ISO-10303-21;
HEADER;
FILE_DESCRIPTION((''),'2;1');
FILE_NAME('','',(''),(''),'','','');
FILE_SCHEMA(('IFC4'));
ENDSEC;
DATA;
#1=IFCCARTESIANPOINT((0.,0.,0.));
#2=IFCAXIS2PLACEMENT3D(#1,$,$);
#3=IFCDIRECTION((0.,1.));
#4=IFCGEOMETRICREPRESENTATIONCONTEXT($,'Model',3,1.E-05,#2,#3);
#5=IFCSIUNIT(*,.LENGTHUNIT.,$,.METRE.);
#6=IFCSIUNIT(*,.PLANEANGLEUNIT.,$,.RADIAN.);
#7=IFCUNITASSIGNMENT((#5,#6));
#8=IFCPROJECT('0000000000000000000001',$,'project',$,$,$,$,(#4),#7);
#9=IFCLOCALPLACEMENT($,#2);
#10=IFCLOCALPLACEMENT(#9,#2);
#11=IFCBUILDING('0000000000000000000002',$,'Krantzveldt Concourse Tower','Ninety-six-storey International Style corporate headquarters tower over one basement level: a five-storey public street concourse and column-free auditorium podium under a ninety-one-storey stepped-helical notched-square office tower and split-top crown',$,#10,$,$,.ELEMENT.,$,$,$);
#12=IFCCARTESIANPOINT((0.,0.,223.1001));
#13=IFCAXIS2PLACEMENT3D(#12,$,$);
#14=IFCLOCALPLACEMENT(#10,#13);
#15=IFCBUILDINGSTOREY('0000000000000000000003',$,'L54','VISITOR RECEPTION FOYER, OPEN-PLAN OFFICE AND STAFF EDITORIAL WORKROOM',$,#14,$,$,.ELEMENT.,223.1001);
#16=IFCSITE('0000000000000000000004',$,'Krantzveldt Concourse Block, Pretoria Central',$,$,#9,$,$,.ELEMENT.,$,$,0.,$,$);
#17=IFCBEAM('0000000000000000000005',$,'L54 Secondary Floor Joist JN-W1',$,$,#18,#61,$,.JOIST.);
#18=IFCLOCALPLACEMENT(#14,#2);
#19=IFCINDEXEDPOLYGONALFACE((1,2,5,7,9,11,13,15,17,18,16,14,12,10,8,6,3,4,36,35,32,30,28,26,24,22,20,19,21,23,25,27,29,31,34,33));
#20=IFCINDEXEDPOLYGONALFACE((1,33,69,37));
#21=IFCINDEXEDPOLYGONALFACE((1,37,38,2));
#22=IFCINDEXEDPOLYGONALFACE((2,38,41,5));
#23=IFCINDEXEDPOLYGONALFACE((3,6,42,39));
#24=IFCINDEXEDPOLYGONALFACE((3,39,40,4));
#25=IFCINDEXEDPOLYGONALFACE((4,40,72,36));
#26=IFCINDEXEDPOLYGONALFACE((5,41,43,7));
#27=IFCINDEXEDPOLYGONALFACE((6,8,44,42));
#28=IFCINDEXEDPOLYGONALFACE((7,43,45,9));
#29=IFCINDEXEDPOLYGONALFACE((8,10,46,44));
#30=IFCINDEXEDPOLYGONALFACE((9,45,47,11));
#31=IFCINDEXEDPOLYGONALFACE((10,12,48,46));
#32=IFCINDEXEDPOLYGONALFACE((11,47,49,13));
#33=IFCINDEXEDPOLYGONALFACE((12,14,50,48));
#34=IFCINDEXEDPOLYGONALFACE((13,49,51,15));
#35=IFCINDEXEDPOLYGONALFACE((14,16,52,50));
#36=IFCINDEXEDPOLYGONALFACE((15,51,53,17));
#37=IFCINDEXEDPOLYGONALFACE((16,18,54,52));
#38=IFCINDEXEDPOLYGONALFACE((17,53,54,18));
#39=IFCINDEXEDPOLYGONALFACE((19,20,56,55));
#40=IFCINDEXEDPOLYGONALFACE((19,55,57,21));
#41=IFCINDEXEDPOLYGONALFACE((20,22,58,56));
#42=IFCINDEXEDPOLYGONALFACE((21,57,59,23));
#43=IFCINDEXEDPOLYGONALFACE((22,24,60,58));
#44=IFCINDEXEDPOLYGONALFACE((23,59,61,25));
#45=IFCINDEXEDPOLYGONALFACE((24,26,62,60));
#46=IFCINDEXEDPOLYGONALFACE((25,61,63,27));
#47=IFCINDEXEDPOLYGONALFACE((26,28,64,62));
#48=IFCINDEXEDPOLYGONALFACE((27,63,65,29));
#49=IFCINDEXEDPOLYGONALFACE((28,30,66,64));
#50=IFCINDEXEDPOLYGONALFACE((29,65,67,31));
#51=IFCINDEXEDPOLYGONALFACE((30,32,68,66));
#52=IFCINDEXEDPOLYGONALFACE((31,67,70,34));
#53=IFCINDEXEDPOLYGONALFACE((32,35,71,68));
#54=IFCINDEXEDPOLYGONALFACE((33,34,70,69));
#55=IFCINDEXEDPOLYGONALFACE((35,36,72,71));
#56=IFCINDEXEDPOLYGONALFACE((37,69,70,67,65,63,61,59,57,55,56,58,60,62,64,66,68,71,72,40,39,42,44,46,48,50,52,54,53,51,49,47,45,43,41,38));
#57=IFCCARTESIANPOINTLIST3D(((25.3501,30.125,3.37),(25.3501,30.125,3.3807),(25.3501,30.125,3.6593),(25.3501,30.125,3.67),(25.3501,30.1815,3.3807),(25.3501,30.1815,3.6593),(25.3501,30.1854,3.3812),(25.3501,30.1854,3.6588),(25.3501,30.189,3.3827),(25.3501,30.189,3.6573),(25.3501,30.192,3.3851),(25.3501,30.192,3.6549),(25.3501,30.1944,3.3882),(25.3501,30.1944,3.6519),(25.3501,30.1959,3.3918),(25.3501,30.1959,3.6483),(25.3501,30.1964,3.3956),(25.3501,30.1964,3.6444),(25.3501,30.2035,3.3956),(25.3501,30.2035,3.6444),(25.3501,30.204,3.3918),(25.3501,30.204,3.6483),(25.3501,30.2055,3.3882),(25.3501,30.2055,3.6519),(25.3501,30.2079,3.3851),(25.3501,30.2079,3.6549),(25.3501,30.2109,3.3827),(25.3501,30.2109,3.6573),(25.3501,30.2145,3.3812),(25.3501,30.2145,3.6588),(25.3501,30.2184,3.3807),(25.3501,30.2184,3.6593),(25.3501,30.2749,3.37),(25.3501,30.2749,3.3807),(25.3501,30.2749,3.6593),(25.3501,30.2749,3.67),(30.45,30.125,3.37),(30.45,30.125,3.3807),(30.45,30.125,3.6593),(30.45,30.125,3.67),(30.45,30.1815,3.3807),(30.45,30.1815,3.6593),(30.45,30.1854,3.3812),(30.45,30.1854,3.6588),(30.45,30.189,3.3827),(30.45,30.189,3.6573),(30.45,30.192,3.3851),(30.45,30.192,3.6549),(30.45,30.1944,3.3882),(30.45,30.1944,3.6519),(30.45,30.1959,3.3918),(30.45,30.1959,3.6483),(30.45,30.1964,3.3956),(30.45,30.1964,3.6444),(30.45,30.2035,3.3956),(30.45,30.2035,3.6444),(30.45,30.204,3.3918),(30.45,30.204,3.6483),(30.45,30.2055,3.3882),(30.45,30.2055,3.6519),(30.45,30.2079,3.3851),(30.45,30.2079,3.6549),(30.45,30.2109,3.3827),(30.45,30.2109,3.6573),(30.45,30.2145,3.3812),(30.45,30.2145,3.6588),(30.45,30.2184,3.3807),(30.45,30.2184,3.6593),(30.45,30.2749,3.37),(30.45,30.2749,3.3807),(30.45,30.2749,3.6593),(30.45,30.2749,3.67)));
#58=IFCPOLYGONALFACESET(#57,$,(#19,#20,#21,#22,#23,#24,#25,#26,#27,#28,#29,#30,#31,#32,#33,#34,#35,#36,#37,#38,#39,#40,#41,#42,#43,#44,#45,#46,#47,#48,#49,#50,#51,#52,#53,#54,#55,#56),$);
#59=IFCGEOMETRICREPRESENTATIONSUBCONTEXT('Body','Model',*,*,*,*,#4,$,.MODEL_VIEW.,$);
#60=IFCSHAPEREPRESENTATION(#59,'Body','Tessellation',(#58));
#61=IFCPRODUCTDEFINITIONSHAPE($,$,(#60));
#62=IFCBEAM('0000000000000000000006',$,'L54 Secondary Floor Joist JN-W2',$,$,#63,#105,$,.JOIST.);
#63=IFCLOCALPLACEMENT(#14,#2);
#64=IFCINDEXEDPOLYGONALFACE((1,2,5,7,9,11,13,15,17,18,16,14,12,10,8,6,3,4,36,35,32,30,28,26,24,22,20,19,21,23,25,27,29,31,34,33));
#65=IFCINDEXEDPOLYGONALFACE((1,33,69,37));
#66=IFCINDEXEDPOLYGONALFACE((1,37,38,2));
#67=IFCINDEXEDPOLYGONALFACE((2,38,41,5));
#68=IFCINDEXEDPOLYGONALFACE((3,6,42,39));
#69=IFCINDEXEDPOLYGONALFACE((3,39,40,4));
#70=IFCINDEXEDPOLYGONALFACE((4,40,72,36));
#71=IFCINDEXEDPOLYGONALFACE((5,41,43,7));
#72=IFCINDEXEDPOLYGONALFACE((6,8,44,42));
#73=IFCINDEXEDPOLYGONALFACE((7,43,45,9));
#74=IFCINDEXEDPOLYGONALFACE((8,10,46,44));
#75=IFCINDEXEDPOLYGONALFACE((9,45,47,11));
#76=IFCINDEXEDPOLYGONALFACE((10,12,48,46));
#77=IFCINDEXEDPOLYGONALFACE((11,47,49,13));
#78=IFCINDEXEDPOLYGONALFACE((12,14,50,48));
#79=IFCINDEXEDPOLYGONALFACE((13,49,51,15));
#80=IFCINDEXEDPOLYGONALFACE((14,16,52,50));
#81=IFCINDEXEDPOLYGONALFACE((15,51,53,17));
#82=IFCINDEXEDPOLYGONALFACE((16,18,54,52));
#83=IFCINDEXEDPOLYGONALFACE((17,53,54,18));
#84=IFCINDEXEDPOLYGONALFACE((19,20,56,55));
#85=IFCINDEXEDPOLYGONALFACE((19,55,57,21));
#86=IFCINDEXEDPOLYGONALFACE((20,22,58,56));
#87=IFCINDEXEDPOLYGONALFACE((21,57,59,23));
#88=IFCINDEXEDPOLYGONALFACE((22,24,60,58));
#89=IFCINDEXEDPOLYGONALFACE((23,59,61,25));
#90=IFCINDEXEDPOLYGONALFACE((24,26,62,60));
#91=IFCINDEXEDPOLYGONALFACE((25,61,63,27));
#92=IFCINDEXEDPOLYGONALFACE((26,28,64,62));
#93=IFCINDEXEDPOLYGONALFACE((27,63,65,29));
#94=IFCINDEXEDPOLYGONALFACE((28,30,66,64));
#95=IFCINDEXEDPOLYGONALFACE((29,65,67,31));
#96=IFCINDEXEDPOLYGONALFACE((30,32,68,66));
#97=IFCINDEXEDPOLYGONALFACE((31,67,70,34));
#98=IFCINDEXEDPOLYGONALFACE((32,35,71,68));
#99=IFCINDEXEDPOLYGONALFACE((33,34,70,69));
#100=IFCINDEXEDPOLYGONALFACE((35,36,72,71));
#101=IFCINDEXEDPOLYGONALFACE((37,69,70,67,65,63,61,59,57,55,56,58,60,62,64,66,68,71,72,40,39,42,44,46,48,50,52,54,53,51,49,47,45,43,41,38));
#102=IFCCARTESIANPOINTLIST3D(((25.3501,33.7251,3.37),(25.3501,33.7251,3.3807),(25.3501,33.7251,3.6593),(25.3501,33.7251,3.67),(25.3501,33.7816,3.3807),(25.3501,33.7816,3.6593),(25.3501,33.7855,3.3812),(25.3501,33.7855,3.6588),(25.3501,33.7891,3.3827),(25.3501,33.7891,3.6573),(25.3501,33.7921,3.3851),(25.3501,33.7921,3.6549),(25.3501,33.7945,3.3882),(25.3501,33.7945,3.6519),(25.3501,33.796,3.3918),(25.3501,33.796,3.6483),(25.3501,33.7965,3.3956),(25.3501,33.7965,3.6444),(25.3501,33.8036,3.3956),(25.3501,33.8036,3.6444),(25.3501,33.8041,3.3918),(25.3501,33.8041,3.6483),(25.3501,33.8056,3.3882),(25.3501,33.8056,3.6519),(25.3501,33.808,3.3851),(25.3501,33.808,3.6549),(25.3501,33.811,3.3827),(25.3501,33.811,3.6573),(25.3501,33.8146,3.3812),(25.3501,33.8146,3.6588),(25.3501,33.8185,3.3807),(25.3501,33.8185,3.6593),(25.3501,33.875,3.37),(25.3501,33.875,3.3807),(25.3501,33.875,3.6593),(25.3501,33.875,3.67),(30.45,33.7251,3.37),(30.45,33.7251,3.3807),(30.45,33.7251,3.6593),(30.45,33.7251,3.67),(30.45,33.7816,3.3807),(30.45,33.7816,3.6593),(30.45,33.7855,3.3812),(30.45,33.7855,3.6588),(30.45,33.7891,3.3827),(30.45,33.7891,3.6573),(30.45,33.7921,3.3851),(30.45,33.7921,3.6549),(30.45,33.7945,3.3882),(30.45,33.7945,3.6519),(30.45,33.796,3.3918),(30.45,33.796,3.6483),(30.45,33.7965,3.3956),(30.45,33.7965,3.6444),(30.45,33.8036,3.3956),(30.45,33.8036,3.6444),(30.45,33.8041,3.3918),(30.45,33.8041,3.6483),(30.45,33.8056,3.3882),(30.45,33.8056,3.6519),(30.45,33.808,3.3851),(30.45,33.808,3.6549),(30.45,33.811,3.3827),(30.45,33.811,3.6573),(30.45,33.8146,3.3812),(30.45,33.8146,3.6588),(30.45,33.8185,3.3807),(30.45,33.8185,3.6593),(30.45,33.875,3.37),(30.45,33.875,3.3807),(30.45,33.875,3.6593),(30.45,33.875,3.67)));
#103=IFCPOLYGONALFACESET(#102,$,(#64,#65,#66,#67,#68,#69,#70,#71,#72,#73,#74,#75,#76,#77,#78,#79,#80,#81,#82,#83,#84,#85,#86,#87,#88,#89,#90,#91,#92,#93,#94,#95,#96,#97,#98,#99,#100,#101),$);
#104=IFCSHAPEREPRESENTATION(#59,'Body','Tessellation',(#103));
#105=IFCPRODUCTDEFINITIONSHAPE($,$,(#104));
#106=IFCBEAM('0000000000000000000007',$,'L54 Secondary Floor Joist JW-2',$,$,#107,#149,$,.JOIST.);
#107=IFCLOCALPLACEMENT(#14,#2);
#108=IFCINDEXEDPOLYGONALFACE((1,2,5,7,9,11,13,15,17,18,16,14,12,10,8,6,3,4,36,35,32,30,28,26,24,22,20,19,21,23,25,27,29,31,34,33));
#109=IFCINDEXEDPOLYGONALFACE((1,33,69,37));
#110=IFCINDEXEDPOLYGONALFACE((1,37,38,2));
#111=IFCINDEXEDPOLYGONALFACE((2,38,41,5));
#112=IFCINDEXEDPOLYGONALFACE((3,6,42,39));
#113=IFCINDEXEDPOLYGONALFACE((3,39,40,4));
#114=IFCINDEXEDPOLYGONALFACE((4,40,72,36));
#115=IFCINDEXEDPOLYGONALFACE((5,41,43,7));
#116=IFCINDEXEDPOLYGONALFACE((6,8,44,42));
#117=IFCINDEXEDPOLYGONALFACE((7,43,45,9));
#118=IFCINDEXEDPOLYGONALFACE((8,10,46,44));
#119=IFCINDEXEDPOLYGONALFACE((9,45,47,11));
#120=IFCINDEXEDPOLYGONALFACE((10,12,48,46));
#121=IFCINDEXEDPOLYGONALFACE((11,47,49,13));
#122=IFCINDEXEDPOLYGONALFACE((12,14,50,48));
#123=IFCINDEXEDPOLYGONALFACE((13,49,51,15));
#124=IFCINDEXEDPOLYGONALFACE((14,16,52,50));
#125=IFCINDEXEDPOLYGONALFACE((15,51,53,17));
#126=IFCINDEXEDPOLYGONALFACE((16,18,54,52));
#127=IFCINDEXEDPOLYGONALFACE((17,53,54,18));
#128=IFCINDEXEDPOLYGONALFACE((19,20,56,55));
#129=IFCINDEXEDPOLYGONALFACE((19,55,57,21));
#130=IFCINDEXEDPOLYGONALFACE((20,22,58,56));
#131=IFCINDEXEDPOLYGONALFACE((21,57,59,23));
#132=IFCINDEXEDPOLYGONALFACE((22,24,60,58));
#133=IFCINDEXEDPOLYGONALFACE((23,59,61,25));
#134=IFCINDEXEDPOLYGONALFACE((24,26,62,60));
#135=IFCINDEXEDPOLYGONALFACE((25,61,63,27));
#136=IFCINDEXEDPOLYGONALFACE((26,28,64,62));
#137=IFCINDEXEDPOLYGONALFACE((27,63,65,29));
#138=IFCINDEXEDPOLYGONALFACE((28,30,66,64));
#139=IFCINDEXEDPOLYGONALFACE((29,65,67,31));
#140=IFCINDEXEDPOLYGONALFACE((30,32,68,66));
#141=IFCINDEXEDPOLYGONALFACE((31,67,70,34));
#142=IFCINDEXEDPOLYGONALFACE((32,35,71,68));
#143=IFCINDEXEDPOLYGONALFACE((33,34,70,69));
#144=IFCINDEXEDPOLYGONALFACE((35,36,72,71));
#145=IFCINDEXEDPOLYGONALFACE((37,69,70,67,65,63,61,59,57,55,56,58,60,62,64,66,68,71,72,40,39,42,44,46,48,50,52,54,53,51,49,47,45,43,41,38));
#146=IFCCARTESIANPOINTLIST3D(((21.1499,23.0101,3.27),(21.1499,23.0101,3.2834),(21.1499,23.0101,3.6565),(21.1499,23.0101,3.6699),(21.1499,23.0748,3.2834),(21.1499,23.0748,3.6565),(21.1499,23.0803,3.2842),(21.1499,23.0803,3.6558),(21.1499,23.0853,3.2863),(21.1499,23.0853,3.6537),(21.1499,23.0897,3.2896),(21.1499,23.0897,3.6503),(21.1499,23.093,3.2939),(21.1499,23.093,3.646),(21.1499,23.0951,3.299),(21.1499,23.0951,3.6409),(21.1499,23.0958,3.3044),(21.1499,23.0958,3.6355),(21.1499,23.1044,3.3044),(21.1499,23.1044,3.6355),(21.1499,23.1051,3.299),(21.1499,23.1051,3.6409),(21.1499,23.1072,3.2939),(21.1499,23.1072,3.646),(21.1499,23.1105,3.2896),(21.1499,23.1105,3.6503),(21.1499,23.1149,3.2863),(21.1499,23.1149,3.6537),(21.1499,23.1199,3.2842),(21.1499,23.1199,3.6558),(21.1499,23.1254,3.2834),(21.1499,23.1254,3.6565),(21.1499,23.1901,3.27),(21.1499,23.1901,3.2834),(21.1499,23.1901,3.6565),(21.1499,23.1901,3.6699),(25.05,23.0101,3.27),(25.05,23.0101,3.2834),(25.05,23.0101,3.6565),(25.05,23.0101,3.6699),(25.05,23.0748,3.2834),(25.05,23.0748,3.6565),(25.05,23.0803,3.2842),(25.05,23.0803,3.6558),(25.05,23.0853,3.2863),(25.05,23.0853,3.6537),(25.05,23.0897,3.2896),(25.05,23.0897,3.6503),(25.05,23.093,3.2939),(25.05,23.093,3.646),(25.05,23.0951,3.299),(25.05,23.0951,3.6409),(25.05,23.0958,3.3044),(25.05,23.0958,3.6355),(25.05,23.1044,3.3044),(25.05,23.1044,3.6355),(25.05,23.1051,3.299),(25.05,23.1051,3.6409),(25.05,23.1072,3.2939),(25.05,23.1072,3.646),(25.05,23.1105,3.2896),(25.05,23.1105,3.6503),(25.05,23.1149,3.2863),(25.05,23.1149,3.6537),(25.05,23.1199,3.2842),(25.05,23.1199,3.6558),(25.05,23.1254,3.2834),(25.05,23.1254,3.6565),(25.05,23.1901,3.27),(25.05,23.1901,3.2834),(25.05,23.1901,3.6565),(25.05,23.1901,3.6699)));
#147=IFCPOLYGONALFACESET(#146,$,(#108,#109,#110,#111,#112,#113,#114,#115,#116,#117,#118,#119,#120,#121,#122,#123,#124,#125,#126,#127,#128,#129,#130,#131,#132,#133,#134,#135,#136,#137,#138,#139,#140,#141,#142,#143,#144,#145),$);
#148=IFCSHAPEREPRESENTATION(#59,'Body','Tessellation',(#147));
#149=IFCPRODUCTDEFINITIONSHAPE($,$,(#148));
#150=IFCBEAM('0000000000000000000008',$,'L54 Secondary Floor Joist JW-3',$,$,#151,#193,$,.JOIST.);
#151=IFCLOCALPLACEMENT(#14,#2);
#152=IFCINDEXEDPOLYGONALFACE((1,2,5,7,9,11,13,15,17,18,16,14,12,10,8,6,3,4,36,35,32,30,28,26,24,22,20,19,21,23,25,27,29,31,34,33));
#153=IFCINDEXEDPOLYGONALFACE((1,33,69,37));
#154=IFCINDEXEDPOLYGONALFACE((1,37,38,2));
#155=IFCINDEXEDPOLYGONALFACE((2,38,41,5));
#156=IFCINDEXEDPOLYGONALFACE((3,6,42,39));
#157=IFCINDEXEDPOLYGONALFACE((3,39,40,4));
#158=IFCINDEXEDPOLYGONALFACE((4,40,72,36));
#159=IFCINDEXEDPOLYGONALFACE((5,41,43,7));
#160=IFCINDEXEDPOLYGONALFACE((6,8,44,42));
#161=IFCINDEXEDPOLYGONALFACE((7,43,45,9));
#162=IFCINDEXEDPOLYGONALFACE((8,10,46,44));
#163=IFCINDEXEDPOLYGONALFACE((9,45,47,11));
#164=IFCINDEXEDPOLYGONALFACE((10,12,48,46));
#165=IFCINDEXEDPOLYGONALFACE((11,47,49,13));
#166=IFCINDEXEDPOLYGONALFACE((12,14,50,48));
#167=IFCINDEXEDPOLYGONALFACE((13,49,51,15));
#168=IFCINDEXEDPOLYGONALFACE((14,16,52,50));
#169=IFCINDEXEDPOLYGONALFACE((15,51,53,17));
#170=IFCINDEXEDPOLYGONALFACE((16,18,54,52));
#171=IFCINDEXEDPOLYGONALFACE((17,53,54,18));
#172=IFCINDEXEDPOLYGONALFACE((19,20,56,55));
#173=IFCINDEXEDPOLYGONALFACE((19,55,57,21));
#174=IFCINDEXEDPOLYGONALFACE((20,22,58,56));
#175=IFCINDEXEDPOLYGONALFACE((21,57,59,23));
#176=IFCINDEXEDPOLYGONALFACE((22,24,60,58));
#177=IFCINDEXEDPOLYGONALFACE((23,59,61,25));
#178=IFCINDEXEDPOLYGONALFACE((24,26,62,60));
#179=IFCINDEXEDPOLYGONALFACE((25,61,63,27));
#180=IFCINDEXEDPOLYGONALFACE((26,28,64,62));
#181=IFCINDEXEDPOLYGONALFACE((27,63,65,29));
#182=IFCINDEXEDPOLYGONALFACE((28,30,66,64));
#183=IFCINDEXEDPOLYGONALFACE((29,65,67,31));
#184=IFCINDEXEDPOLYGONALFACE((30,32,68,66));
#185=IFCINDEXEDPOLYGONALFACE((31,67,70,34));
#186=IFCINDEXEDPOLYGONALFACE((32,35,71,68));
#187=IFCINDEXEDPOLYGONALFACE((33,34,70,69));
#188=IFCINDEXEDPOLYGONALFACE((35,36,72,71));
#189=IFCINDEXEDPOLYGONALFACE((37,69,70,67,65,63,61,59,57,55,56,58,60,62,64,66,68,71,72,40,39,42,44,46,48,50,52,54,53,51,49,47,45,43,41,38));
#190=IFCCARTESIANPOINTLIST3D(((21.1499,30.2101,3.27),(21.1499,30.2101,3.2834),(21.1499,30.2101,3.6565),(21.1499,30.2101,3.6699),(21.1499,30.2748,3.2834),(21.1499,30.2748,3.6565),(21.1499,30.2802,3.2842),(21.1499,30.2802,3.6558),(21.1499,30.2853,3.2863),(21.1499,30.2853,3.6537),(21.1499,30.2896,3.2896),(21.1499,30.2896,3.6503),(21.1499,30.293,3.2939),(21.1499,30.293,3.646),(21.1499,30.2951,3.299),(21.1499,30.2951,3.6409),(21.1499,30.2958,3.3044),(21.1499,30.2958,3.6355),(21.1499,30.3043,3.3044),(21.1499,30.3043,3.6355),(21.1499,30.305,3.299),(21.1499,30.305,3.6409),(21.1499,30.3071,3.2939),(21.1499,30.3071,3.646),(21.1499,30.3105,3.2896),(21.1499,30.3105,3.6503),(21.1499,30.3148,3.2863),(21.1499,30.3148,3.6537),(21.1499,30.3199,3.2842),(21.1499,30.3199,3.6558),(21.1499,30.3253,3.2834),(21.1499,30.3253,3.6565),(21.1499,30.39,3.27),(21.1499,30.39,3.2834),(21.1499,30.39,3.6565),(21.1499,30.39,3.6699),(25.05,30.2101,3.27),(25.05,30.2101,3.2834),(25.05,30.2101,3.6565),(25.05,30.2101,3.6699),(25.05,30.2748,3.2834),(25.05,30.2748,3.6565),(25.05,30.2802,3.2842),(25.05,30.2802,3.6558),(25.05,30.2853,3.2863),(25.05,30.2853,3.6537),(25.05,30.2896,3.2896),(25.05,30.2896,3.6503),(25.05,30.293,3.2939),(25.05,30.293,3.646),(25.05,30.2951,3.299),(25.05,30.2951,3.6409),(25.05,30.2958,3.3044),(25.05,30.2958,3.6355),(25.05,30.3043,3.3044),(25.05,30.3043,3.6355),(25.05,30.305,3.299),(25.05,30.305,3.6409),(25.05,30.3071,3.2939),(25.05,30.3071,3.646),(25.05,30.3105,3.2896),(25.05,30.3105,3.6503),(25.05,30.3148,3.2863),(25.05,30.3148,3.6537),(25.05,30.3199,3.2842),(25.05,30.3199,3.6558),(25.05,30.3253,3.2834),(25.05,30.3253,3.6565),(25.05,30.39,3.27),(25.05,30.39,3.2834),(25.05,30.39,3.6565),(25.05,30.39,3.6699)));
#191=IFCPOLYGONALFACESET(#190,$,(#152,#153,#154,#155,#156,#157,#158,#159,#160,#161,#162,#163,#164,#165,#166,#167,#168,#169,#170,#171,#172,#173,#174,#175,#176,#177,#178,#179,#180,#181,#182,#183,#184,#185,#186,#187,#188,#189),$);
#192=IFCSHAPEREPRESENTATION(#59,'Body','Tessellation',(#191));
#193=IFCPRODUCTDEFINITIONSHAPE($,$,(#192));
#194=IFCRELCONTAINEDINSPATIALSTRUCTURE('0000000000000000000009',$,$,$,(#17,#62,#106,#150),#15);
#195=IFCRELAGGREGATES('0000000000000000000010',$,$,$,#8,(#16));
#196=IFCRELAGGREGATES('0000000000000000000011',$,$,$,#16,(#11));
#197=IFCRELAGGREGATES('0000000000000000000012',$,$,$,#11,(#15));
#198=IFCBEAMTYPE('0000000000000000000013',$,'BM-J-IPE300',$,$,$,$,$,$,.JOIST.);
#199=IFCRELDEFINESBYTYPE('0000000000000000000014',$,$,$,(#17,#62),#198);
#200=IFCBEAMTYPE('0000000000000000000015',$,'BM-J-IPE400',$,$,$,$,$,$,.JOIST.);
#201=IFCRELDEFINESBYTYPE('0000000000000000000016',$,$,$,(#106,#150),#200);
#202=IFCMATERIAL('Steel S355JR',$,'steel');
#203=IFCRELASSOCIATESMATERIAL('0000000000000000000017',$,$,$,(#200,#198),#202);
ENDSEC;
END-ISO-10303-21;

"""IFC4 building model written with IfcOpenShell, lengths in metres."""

from ifc_helpers import new_model, si_unit, direction, frame, origin, origin_2d, place, context, subcontext, project, spatial, i_section, extrude, source, transform, mapped, material, material_profile, profile_set, type_object, type_shapes, element, save


model = new_model("IFC4")

# Units and contexts
model_context = context("Model", 3, precision=1e-05, world=origin(), true_north=direction((0.0, 1.0)))
body_context = subcontext(model_context, "Body", "Model", "MODEL_VIEW")
ifc_project = project(units=[si_unit("LENGTHUNIT", "METRE"), si_unit("PLANEANGLEUNIT", "RADIAN")], contexts=[model_context])

# Site, building, storey
site_placement = place(None, origin())
site = spatial("IfcSite", under=ifc_project, at=site_placement, Name="Krantzveldt Concourse Block, Pretoria Central", CompositionType="ELEMENT", RefElevation=0.0)
building_placement = place(site_placement, origin())
building = spatial("IfcBuilding", under=site, at=building_placement, Name="Krantzveldt Concourse Tower", Description="Ninety-six-storey International Style corporate headquarters tower over one basement level: a five-storey public street concourse and column-free auditorium podium under a ninety-one-storey stepped-helical notched-square office tower and split-top crown", CompositionType="ELEMENT")
storey_placement = place(building_placement, frame((0.0, 0.0, 223.1001)))
storey = spatial("IfcBuildingStorey", under=building, at=storey_placement, Name="L54", Description="VISITOR RECEPTION FOYER, OPEN-PLAN OFFICE AND STAFF EDITORIAL WORKROOM", CompositionType="ELEMENT", Elevation=223.1001)

# Beams
ifc_material_1 = material(Name="Steel S355JR", Category="steel")
ifc_material_profile_1 = material_profile(ifc_material_1, i_section(OverallWidth=0.1799, OverallDepth=0.3999, WebThickness=0.0085, FlangeThickness=0.0134, FilletRadius=0.021, at=origin_2d()), Name="Steel S355JR", Category="steel")
ifc_profile_set_1 = profile_set([ifc_material_profile_1], Name="Steel S355JR - IPE 400")
beam_type_1 = type_object("IfcBeamType", Name="BM-J-IPE400", PredefinedType="JOIST", material=ifc_profile_set_1)
ifc_material_profile_2 = material_profile(ifc_material_1, i_section(OverallWidth=0.1499, OverallDepth=0.3, WebThickness=0.0071, FlangeThickness=0.0107, FilletRadius=0.0149, at=origin_2d()), Name="Steel S355JR", Category="steel")
ifc_profile_set_2 = profile_set([ifc_material_profile_2], Name="Steel S355JR - IPE 300")
beam_type_2 = type_object("IfcBeamType", Name="BM-J-IPE300", PredefinedType="JOIST", material=ifc_profile_set_2)
shared_shape_1 = source(origin(), body_context, "Body", "SweptSolid", [
    extrude(i_section(OverallWidth=0.1499, OverallDepth=0.3, WebThickness=0.0071, FlangeThickness=0.0107, FilletRadius=0.0149, at=origin_2d()), origin(), (0.0, 0.0, 1.0), 5.0999),
])
type_shapes(beam_type_2, [shared_shape_1])
for number, where, z_axis, x_axis, name in (
    (1, (25.3501, 30.2, 3.52), (1.0, 0.0, 0.0), (0.0, 1.0, 0.0), "L54 Secondary Floor Joist JN-W1"),
    (2, (25.3501, 33.8, 3.52), (1.0, 0.0, 0.0), (0.0, 1.0, 0.0), "L54 Secondary Floor Joist JN-W2"),
):
    element("IfcBeam", number, at=place(storey_placement, frame(where, z_axis=z_axis, x_axis=x_axis)), inside=storey, type_object=beam_type_2, Name=name, PredefinedType="JOIST", context=body_context, shape_type="MappedRepresentation", body=[
        mapped(shared_shape_1, transform((0.0, 0.0, 0.0), x_axis=(1.0, 0.0, 0.0), y_axis=(0.0, 1.0, 0.0), z_axis=(0.0, 0.0, 1.0), scale=1.0)),
    ])
shared_shape_2 = source(origin(), body_context, "Body", "SweptSolid", [
    extrude(i_section(OverallWidth=0.1799, OverallDepth=0.3999, WebThickness=0.0085, FlangeThickness=0.0134, FilletRadius=0.021, at=origin_2d()), origin(), (0.0, 0.0, 1.0), 3.9001),
])
for number, where, z_axis, x_axis, name in (
    (3, (21.1499, 23.1001, 3.47), (1.0, 0.0, 0.0), (0.0, 1.0, 0.0), "L54 Secondary Floor Joist JW-2"),
    (4, (21.1499, 30.3, 3.47), (1.0, 0.0, 0.0), (0.0, 1.0, 0.0), "L54 Secondary Floor Joist JW-3"),
):
    element("IfcBeam", number, at=place(storey_placement, frame(where, z_axis=z_axis, x_axis=x_axis)), inside=storey, type_object=beam_type_1, Name=name, PredefinedType="JOIST", context=body_context, shape_type="MappedRepresentation", body=[
        mapped(shared_shape_2, transform((0.0, 0.0, 0.0), x_axis=(1.0, 0.0, 0.0), y_axis=(0.0, 1.0, 0.0), z_axis=(0.0, 0.0, 1.0), scale=1.0)),
    ])

save(model, "model.ifc")
